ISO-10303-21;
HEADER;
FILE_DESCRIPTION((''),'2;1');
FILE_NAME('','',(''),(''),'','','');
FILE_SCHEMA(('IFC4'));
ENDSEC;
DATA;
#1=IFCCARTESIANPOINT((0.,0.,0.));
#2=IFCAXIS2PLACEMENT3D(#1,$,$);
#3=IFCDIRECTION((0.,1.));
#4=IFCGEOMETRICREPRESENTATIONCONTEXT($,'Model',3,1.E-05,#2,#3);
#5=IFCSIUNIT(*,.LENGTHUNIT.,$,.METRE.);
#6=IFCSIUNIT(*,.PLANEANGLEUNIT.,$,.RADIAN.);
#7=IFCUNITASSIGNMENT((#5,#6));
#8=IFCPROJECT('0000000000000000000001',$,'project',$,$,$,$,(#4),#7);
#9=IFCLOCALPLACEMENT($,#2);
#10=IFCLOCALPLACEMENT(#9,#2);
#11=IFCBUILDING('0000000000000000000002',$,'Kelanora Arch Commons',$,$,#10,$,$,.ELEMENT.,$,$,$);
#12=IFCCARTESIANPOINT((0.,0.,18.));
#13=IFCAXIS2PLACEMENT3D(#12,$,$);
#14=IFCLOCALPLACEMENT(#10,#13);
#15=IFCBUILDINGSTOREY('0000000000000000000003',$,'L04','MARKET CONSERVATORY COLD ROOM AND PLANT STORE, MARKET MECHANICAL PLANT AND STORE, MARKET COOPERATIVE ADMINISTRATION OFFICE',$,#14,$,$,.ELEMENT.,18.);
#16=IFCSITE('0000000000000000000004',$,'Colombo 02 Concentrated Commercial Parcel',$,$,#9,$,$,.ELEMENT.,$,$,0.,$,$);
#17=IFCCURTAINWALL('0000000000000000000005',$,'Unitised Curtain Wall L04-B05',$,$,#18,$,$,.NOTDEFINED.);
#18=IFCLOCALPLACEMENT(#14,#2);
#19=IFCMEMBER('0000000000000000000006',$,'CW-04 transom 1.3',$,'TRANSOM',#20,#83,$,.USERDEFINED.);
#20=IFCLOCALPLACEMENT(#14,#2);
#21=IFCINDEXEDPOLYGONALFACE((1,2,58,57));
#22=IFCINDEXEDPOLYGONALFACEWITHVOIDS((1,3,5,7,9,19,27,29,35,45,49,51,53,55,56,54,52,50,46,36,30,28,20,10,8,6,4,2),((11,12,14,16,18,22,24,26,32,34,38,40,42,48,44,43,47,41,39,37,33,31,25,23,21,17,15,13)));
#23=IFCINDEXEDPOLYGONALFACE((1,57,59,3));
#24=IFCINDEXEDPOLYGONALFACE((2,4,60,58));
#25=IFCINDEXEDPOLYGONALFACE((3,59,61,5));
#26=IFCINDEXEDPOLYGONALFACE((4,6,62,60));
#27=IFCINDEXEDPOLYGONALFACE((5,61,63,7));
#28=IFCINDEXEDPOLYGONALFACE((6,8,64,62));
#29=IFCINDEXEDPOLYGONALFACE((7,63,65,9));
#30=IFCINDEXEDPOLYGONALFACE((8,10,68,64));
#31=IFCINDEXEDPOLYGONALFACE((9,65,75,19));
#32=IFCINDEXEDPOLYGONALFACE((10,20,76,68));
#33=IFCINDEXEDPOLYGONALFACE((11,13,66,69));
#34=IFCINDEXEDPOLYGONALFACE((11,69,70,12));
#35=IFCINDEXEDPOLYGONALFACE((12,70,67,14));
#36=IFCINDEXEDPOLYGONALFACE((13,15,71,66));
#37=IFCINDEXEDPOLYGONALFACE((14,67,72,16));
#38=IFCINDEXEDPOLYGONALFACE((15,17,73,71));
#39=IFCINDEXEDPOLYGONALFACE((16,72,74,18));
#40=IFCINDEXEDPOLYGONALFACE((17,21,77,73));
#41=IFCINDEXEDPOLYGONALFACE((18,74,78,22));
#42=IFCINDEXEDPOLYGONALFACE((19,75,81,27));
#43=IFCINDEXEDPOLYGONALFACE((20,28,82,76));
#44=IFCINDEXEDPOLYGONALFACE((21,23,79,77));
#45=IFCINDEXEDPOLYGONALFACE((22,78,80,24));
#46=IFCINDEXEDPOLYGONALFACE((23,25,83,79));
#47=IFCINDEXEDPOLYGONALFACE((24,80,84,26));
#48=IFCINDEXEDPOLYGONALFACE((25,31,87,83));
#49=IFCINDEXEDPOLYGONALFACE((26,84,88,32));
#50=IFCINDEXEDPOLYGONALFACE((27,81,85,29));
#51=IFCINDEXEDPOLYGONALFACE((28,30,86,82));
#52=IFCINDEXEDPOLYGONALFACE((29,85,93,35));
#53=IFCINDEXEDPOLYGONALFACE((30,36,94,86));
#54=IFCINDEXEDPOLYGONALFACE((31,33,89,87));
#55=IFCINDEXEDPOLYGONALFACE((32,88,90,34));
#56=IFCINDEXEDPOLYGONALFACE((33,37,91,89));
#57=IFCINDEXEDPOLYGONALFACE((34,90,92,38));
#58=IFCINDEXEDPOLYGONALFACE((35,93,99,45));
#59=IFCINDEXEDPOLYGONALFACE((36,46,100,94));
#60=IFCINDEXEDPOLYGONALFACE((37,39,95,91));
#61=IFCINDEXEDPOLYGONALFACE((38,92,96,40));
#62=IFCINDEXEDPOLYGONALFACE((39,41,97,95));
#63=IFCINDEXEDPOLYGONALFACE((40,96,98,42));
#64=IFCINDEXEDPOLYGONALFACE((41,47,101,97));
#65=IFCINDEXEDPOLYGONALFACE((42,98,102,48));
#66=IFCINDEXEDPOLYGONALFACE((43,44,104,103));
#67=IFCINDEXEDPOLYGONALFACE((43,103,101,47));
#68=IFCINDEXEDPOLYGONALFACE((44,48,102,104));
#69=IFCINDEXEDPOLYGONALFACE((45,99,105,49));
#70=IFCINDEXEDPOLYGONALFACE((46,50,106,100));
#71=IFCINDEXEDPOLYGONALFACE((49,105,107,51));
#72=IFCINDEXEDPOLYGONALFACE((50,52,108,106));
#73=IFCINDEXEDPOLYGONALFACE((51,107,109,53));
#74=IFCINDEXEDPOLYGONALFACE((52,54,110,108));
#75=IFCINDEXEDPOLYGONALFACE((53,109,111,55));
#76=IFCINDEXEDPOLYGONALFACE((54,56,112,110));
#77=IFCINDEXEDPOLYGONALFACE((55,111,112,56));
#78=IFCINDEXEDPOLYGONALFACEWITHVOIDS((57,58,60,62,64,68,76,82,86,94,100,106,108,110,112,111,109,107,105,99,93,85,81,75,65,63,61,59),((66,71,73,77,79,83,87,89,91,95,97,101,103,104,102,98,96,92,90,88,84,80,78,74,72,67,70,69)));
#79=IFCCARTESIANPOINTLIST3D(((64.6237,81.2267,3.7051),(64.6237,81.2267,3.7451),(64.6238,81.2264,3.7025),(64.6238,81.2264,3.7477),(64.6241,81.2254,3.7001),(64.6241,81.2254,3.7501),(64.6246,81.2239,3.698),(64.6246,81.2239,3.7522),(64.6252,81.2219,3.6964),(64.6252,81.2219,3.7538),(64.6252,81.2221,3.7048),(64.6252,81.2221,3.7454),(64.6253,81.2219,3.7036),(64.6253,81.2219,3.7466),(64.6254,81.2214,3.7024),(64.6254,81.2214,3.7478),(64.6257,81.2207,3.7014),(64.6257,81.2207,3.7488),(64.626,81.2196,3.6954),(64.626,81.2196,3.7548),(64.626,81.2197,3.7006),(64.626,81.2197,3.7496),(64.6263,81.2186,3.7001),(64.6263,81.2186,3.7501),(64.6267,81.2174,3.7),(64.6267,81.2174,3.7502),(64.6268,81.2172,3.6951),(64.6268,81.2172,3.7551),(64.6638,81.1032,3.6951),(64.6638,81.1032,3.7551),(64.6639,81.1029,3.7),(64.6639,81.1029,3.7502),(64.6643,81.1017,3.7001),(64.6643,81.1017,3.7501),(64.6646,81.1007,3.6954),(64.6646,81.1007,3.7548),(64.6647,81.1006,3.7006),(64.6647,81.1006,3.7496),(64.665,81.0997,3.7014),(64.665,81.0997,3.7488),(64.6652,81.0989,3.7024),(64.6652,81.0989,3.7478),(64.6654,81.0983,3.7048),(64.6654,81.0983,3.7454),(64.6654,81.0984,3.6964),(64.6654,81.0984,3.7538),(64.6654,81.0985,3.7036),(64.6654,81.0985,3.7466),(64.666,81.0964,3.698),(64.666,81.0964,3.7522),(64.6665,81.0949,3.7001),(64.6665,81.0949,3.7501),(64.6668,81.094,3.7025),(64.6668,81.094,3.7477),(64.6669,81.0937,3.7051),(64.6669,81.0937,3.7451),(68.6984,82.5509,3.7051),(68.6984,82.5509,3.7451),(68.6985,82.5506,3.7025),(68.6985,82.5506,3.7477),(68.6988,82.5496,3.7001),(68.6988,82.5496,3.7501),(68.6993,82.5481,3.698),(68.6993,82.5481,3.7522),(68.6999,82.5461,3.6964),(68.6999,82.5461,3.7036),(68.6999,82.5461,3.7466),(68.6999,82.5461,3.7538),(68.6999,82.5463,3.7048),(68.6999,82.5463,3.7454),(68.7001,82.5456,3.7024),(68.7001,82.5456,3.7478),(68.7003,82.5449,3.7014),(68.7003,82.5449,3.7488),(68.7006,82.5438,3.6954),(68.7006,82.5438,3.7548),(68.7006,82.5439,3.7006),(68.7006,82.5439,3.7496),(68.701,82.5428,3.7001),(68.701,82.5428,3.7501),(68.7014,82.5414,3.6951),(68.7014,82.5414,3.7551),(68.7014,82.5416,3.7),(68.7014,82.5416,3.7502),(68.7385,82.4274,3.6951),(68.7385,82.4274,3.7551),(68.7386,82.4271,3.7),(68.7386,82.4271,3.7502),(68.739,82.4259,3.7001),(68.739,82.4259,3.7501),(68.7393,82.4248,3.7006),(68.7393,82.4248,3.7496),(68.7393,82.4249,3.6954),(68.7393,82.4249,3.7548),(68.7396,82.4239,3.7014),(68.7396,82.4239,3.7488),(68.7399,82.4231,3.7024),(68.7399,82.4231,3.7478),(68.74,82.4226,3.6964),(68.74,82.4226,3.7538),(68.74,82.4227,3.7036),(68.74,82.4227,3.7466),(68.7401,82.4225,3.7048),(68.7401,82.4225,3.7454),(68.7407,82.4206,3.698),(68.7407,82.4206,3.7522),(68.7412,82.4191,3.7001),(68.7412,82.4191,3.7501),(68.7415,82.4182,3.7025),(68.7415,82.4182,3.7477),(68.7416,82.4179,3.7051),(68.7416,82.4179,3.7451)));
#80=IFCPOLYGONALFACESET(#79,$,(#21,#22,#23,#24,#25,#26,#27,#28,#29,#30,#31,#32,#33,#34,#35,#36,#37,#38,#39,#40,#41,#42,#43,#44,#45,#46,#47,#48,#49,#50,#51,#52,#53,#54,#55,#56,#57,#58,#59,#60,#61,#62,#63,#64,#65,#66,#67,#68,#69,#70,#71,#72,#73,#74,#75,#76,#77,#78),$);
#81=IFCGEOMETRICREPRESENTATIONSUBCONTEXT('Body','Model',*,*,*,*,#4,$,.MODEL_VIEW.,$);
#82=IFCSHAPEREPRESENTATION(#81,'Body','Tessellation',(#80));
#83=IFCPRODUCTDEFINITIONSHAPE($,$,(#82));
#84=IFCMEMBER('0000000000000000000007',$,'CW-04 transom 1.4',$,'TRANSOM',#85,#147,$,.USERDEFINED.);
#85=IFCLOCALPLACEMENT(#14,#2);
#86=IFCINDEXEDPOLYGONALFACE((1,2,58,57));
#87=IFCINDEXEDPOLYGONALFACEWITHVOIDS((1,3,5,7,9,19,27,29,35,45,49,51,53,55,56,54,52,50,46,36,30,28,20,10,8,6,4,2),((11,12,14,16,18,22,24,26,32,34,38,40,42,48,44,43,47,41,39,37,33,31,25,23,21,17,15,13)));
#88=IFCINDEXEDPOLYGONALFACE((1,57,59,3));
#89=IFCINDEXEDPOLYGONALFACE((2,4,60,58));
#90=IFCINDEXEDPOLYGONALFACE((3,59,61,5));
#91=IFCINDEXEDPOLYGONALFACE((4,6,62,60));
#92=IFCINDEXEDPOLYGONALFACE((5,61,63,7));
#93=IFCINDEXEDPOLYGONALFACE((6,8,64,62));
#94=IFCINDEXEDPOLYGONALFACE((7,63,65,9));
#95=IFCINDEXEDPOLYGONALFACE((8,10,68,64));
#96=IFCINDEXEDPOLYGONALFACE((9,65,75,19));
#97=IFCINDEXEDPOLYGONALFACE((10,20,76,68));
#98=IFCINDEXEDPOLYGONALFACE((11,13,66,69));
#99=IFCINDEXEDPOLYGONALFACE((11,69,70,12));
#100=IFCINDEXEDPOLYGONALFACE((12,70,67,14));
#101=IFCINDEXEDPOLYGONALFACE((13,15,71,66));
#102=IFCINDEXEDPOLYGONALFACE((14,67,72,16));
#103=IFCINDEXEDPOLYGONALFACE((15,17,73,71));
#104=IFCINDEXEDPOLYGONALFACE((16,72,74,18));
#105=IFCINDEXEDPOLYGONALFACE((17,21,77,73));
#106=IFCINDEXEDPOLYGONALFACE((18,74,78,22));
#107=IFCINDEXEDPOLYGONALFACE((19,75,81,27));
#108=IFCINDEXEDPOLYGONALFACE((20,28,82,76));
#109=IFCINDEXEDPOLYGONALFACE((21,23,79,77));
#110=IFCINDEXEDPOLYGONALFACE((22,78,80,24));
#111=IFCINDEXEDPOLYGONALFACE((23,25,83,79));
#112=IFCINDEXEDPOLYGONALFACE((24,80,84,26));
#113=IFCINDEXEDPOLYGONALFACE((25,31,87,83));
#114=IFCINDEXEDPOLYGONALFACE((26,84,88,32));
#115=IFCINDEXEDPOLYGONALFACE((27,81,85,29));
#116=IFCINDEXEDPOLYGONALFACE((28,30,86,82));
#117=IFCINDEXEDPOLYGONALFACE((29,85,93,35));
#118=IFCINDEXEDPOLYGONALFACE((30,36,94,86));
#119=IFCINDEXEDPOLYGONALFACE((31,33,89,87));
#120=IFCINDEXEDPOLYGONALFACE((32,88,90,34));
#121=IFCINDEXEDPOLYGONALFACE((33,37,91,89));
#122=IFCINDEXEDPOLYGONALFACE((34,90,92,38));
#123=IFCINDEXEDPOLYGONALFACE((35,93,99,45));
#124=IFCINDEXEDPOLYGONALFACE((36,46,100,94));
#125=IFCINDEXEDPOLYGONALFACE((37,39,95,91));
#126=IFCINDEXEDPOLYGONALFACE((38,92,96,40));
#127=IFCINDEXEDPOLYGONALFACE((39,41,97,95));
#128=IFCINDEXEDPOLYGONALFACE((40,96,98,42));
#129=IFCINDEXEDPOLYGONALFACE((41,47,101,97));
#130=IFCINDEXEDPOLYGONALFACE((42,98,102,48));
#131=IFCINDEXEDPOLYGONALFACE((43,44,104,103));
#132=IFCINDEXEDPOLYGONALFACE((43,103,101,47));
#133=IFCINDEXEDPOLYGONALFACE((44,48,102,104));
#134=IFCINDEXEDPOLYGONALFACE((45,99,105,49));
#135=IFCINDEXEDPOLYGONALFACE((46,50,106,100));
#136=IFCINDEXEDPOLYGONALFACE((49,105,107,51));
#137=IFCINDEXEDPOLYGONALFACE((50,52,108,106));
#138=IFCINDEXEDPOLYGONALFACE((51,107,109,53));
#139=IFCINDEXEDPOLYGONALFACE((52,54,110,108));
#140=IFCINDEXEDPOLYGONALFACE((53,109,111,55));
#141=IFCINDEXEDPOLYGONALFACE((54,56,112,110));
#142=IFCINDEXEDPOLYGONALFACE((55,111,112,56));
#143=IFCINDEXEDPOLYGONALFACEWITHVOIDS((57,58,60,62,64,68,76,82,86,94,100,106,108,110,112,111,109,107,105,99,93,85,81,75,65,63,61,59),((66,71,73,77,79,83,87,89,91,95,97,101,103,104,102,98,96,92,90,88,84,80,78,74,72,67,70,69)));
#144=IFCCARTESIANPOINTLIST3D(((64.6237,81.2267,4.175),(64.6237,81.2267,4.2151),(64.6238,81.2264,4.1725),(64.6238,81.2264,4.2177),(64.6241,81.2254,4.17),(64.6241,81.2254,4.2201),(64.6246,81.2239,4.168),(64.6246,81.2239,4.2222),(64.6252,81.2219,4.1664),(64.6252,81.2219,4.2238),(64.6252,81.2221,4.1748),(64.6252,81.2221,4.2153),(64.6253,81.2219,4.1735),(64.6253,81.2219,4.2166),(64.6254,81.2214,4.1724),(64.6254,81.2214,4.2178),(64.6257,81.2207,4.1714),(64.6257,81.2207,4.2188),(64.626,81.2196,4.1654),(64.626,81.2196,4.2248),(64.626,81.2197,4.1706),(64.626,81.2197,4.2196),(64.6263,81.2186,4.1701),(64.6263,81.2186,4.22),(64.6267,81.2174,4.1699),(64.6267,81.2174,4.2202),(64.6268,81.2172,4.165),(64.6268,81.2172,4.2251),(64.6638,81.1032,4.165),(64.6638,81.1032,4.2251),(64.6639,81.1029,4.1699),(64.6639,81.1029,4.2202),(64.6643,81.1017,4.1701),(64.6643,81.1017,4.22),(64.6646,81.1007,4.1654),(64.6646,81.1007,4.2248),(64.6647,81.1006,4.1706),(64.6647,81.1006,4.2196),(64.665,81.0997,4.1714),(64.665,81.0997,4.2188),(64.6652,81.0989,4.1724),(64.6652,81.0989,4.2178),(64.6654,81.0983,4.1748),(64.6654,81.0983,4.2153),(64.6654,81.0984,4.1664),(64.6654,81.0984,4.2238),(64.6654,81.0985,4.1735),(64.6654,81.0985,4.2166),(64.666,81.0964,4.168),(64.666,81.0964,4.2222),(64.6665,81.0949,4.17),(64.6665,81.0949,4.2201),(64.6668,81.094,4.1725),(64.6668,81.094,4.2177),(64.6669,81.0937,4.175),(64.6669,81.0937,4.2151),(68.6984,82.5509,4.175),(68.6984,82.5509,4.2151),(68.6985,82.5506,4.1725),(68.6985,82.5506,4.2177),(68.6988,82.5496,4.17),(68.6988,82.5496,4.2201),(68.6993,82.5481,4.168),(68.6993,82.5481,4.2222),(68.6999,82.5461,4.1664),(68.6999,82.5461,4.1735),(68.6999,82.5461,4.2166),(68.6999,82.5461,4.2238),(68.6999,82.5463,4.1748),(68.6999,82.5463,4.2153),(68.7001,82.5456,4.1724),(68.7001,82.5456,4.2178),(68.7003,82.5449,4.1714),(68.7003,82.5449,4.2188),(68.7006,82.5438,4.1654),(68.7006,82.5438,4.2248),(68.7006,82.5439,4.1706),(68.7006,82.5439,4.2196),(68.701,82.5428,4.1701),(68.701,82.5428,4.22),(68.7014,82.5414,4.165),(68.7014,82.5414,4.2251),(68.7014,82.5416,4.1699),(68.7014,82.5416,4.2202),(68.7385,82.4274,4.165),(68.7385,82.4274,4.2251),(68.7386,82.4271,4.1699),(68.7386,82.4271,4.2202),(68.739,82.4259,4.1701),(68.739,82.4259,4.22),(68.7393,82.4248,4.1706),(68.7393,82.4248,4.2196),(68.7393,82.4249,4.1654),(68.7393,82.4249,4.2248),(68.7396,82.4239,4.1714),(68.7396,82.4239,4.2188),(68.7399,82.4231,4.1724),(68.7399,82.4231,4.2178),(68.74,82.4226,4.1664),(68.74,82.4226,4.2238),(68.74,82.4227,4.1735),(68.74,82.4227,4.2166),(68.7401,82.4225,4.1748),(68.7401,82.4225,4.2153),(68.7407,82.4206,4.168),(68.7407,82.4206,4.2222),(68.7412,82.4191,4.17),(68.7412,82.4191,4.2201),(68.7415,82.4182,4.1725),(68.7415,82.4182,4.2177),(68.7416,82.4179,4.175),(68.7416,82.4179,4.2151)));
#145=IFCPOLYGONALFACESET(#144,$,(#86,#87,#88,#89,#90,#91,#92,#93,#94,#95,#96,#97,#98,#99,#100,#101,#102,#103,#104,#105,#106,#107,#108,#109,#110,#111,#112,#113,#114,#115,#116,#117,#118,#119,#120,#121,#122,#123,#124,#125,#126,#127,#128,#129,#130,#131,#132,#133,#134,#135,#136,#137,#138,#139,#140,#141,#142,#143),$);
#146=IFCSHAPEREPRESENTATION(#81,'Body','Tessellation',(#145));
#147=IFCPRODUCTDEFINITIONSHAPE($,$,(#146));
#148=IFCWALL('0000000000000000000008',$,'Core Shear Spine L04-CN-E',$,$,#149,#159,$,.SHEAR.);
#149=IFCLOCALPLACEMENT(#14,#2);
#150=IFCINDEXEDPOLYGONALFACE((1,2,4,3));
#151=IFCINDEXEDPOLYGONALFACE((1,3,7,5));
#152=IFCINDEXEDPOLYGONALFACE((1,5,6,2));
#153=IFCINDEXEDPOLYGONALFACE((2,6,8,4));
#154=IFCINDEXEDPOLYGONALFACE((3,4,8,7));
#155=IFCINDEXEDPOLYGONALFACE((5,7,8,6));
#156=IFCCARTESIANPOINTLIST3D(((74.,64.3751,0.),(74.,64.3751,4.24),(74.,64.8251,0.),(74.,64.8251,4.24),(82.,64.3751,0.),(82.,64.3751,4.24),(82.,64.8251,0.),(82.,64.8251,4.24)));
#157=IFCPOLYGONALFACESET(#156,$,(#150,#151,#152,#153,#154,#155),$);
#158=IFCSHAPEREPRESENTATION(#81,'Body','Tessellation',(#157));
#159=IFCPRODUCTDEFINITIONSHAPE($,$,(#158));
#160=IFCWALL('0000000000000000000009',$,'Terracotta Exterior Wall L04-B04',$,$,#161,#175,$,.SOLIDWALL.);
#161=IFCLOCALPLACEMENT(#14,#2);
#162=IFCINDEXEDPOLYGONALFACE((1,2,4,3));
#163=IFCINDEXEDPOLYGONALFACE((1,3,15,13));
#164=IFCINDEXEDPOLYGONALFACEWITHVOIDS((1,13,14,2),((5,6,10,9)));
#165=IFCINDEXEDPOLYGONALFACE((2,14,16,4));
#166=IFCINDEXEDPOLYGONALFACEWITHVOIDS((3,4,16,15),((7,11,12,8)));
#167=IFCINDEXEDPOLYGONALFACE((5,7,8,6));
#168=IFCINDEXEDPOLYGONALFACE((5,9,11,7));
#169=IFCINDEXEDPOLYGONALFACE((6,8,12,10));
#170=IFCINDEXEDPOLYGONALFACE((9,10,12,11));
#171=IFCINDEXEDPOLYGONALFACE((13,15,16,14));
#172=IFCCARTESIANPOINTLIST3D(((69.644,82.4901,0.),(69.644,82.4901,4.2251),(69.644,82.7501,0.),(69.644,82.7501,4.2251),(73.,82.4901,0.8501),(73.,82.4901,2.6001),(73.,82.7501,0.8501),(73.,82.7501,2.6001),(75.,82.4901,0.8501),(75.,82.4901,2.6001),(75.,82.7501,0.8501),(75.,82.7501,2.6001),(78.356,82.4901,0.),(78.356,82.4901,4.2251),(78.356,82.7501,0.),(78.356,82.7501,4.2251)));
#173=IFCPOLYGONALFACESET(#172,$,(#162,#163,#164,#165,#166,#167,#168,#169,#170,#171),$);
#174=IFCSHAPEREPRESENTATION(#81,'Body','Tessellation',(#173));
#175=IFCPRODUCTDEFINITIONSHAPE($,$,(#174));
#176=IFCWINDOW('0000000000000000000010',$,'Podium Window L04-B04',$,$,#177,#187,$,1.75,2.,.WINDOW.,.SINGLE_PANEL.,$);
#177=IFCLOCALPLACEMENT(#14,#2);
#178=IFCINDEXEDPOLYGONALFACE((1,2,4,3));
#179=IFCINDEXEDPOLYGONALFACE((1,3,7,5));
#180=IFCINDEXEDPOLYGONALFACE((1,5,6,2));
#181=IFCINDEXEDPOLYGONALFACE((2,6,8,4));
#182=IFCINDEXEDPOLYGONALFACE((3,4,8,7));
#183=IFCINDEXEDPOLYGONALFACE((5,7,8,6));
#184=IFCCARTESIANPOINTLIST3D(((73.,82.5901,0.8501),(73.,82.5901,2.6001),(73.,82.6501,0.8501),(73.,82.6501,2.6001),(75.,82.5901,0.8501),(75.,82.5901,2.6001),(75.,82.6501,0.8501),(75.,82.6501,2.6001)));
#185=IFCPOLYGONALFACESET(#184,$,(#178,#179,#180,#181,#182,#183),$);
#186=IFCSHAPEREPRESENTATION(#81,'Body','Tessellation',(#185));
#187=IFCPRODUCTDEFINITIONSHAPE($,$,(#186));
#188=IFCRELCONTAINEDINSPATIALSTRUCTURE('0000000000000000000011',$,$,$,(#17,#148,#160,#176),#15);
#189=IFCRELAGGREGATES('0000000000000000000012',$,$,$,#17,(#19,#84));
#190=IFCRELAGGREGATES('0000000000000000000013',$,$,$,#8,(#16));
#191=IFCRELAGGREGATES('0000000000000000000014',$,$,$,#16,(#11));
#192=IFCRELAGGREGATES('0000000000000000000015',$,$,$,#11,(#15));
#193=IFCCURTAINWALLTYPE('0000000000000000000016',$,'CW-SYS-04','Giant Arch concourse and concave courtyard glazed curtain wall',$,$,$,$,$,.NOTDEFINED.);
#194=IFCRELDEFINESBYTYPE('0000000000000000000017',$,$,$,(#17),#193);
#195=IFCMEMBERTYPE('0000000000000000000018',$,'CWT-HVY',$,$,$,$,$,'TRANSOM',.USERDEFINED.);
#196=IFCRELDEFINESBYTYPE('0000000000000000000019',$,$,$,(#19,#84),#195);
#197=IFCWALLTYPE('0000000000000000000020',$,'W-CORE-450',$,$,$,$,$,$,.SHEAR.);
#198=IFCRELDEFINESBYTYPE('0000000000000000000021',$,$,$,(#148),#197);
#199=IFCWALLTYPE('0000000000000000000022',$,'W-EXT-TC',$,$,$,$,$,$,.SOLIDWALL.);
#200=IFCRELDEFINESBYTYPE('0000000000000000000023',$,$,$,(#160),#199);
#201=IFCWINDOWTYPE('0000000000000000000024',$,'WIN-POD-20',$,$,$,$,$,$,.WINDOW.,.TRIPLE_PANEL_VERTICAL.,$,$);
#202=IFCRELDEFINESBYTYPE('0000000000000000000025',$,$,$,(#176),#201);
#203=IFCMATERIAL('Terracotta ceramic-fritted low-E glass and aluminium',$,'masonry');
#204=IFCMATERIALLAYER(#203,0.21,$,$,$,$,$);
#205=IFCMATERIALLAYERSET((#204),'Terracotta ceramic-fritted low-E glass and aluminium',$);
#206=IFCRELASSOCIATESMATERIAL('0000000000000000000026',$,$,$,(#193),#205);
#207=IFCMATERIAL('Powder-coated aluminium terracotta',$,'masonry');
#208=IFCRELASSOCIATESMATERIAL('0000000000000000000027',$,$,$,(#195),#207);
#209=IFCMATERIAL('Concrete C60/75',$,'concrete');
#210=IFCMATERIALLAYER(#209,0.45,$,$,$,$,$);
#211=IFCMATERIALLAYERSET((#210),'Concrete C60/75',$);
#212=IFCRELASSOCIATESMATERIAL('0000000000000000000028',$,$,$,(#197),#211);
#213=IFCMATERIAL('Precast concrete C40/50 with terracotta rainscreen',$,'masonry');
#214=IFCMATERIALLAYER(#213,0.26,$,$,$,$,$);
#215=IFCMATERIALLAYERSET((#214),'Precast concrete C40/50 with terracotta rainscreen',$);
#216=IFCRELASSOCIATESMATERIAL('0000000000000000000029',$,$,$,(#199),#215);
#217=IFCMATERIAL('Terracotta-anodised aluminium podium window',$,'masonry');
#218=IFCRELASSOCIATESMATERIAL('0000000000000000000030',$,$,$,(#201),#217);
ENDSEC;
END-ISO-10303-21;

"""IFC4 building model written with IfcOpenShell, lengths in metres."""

from ifc_helpers import new_model, si_unit, direction, frame, frame_2d, origin, origin_2d, place, context, subcontext, project, spatial, rectangle, hollow_rectangle, extrude, material, layer, layer_set, material_profile, profile_set, type_object, element, fill, aggregate, save


model = new_model("IFC4")

# Units and contexts
model_context = context("Model", 3, precision=1e-05, world=origin(), true_north=direction((0.0, 1.0)))
body_context = subcontext(model_context, "Body", "Model", "MODEL_VIEW")
ifc_project = project(units=[si_unit("LENGTHUNIT", "METRE"), si_unit("PLANEANGLEUNIT", "RADIAN")], contexts=[model_context])

# Site, building, storey
site_placement = place(None, origin())
site = spatial("IfcSite", under=ifc_project, at=site_placement, Name="Colombo 02 Concentrated Commercial Parcel", CompositionType="ELEMENT", RefElevation=0.0)
building_placement = place(site_placement, origin())
building = spatial("IfcBuilding", under=site, at=building_placement, Name="Kelanora Arch Commons", CompositionType="ELEMENT")
storey_placement = place(building_placement, frame((0.0, 0.0, 18.0)))
storey = spatial("IfcBuildingStorey", under=building, at=storey_placement, Name="L04", Description="MARKET CONSERVATORY COLD ROOM AND PLANT STORE, MARKET MECHANICAL PLANT AND STORE, MARKET COOPERATIVE ADMINISTRATION OFFICE", CompositionType="ELEMENT", Elevation=18.0)

# Shared definitions
ifc_material_1 = material(Name="Concrete C60/75", Category="concrete")

# Shared definitions
ifc_material_2 = material(Name="Terracotta ceramic-fritted low-E glass and aluminium", Category="masonry")
ifc_layer_1 = layer(ifc_material_2, 0.21)
ifc_layer_set_1 = layer_set([ifc_layer_1], Name="Terracotta ceramic-fritted low-E glass and aluminium")
curtain_wall_type = type_object("IfcCurtainWallType", Name="CW-SYS-04", Description="Giant Arch concourse and concave courtyard glazed curtain wall", PredefinedType="NOTDEFINED", material=ifc_layer_set_1)
ifc_material_3 = material(Name="Powder-coated aluminium terracotta", Category="masonry")

# Curtain wall, members
curtain_wall_1_placement = place(storey_placement, origin())
curtain_wall_1 = element("IfcCurtainWall", 1, at=curtain_wall_1_placement, inside=storey, type_object=curtain_wall_type, Name="Unitised Curtain Wall L04-B05", PredefinedType="NOTDEFINED")
ifc_material_profile_1 = material_profile(ifc_material_3, hollow_rectangle(XDim=0.1399, YDim=0.0601, WallThickness=0.0049, InnerFilletRadius=0.0049, OuterFilletRadius=0.01, at=origin_2d()), Name="CWT140x60")
ifc_profile_set_1 = profile_set([ifc_material_profile_1], Name="Powder-coated aluminium terracotta")
member_type_1 = type_object("IfcMemberType", Name="CWT-HVY", ElementType="TRANSOM", PredefinedType="USERDEFINED", material=ifc_profile_set_1)
member_1_placement = place(storey_placement, frame((68.72, 82.4844, 3.7251), z_axis=(-0.951038, -0.309073, 0.0), x_axis=(0.309073, -0.951038, 0.0)))
member_1 = element("IfcMember", 2, at=member_1_placement, type_object=member_type_1, Name="CW-04 transom 1.3", ObjectType="TRANSOM", PredefinedType="USERDEFINED", context=body_context, shape_type="SweptSolid", body=[
    extrude(hollow_rectangle(XDim=0.1399, YDim=0.0601, WallThickness=0.0049, InnerFilletRadius=0.0049, OuterFilletRadius=0.01, at=origin_2d()), origin(), (0.0, 0.0, 1.0), 4.2844),
])
member_2_placement = place(storey_placement, frame((68.72, 82.4844, 4.1951), z_axis=(-0.951038, -0.309073, 0.0), x_axis=(0.309073, -0.951038, 0.0)))
member_2 = element("IfcMember", 3, at=member_2_placement, type_object=member_type_1, Name="CW-04 transom 1.4", ObjectType="TRANSOM", PredefinedType="USERDEFINED", context=body_context, shape_type="SweptSolid", body=[
    extrude(hollow_rectangle(XDim=0.1399, YDim=0.0601, WallThickness=0.0049, InnerFilletRadius=0.0049, OuterFilletRadius=0.01, at=origin_2d()), origin(), (0.0, 0.0, 1.0), 4.2844),
])
aggregate(curtain_wall_1, [member_1, member_2])

# Wall
ifc_layer_2 = layer(ifc_material_1, 0.45)
ifc_layer_set_2 = layer_set([ifc_layer_2], Name="Concrete C60/75")
wall_type_1 = type_object("IfcWallType", Name="W-CORE-450", PredefinedType="SHEAR", material=ifc_layer_set_2)
wall_1_placement = place(storey_placement, frame((74.0, 64.6001, 0.0), z_axis=(0.0, 0.0, 1.0), x_axis=(1.0, 0.0, 0.0)))
element("IfcWall", 4, at=wall_1_placement, inside=storey, type_object=wall_type_1, Name="Core Shear Spine L04-CN-E", PredefinedType="SHEAR", context=body_context, shape_type="SweptSolid", body=[
    extrude(rectangle(XDim=8.0, YDim=0.45, at=frame_2d((4.0, 0.0))), origin(), (0.0, 0.0, 1.0), 4.24),
])

# Wall, opening, window
ifc_material_4 = material(Name="Precast concrete C40/50 with terracotta rainscreen", Category="masonry")
ifc_layer_3 = layer(ifc_material_4, 0.26)
ifc_layer_set_3 = layer_set([ifc_layer_3], Name="Precast concrete C40/50 with terracotta rainscreen")
wall_type_2 = type_object("IfcWallType", Name="W-EXT-TC", PredefinedType="SOLIDWALL", material=ifc_layer_set_3)
wall_2_placement = place(storey_placement, frame((78.356, 82.6201, 0.0), z_axis=(0.0, 0.0, 1.0), x_axis=(-1.0, 0.0, 0.0)))
wall_2 = element("IfcWall", 5, at=wall_2_placement, inside=storey, type_object=wall_type_2, Name="Terracotta Exterior Wall L04-B04", PredefinedType="SOLIDWALL", context=body_context, shape_type="SweptSolid", body=[
    extrude(rectangle(XDim=8.7119, YDim=0.26, at=frame_2d((4.356, 0.0))), origin(), (0.0, 0.0, 1.0), 4.2251),
])
opening_1_placement = place(wall_2_placement, frame((3.356, 0.0, 0.8501)))
opening_1 = element("IfcOpeningElement", 6, at=opening_1_placement, cuts=wall_2, PredefinedType="OPENING", context=body_context, shape_type="SweptSolid", body=[
    extrude(rectangle(XDim=2.0, YDim=1.75, at=frame_2d((1.0, 0.875))), frame((0.0, 0.1401, 0.0), z_axis=(0.0, -1.0, 0.0), x_axis=(1.0, 0.0, 0.0)), (0.0, 0.0, 1.0), 0.28),
])
ifc_material_5 = material(Name="Terracotta-anodised aluminium podium window", Category="masonry")
window_type = type_object("IfcWindowType", Name="WIN-POD-20", PartitioningType="TRIPLE_PANEL_VERTICAL", PredefinedType="WINDOW", material=ifc_material_5)
window_placement = place(opening_1_placement, origin())
window = element("IfcWindow", 7, at=window_placement, inside=storey, type_object=window_type, Name="Podium Window L04-B04", OverallHeight=1.75, OverallWidth=2.0, PartitioningType="SINGLE_PANEL", PredefinedType="WINDOW", context=body_context, shape_type="SweptSolid", body=[
    extrude(rectangle(XDim=2.0, YDim=1.75, at=frame_2d((1.0, 0.875))), frame((0.0, 0.03, 0.0), z_axis=(0.0, -1.0, 0.0), x_axis=(1.0, 0.0, 0.0)), (0.0, 0.0, 1.0), 0.0601),
])
fill(opening_1, window)

save(model, "model.ifc")
